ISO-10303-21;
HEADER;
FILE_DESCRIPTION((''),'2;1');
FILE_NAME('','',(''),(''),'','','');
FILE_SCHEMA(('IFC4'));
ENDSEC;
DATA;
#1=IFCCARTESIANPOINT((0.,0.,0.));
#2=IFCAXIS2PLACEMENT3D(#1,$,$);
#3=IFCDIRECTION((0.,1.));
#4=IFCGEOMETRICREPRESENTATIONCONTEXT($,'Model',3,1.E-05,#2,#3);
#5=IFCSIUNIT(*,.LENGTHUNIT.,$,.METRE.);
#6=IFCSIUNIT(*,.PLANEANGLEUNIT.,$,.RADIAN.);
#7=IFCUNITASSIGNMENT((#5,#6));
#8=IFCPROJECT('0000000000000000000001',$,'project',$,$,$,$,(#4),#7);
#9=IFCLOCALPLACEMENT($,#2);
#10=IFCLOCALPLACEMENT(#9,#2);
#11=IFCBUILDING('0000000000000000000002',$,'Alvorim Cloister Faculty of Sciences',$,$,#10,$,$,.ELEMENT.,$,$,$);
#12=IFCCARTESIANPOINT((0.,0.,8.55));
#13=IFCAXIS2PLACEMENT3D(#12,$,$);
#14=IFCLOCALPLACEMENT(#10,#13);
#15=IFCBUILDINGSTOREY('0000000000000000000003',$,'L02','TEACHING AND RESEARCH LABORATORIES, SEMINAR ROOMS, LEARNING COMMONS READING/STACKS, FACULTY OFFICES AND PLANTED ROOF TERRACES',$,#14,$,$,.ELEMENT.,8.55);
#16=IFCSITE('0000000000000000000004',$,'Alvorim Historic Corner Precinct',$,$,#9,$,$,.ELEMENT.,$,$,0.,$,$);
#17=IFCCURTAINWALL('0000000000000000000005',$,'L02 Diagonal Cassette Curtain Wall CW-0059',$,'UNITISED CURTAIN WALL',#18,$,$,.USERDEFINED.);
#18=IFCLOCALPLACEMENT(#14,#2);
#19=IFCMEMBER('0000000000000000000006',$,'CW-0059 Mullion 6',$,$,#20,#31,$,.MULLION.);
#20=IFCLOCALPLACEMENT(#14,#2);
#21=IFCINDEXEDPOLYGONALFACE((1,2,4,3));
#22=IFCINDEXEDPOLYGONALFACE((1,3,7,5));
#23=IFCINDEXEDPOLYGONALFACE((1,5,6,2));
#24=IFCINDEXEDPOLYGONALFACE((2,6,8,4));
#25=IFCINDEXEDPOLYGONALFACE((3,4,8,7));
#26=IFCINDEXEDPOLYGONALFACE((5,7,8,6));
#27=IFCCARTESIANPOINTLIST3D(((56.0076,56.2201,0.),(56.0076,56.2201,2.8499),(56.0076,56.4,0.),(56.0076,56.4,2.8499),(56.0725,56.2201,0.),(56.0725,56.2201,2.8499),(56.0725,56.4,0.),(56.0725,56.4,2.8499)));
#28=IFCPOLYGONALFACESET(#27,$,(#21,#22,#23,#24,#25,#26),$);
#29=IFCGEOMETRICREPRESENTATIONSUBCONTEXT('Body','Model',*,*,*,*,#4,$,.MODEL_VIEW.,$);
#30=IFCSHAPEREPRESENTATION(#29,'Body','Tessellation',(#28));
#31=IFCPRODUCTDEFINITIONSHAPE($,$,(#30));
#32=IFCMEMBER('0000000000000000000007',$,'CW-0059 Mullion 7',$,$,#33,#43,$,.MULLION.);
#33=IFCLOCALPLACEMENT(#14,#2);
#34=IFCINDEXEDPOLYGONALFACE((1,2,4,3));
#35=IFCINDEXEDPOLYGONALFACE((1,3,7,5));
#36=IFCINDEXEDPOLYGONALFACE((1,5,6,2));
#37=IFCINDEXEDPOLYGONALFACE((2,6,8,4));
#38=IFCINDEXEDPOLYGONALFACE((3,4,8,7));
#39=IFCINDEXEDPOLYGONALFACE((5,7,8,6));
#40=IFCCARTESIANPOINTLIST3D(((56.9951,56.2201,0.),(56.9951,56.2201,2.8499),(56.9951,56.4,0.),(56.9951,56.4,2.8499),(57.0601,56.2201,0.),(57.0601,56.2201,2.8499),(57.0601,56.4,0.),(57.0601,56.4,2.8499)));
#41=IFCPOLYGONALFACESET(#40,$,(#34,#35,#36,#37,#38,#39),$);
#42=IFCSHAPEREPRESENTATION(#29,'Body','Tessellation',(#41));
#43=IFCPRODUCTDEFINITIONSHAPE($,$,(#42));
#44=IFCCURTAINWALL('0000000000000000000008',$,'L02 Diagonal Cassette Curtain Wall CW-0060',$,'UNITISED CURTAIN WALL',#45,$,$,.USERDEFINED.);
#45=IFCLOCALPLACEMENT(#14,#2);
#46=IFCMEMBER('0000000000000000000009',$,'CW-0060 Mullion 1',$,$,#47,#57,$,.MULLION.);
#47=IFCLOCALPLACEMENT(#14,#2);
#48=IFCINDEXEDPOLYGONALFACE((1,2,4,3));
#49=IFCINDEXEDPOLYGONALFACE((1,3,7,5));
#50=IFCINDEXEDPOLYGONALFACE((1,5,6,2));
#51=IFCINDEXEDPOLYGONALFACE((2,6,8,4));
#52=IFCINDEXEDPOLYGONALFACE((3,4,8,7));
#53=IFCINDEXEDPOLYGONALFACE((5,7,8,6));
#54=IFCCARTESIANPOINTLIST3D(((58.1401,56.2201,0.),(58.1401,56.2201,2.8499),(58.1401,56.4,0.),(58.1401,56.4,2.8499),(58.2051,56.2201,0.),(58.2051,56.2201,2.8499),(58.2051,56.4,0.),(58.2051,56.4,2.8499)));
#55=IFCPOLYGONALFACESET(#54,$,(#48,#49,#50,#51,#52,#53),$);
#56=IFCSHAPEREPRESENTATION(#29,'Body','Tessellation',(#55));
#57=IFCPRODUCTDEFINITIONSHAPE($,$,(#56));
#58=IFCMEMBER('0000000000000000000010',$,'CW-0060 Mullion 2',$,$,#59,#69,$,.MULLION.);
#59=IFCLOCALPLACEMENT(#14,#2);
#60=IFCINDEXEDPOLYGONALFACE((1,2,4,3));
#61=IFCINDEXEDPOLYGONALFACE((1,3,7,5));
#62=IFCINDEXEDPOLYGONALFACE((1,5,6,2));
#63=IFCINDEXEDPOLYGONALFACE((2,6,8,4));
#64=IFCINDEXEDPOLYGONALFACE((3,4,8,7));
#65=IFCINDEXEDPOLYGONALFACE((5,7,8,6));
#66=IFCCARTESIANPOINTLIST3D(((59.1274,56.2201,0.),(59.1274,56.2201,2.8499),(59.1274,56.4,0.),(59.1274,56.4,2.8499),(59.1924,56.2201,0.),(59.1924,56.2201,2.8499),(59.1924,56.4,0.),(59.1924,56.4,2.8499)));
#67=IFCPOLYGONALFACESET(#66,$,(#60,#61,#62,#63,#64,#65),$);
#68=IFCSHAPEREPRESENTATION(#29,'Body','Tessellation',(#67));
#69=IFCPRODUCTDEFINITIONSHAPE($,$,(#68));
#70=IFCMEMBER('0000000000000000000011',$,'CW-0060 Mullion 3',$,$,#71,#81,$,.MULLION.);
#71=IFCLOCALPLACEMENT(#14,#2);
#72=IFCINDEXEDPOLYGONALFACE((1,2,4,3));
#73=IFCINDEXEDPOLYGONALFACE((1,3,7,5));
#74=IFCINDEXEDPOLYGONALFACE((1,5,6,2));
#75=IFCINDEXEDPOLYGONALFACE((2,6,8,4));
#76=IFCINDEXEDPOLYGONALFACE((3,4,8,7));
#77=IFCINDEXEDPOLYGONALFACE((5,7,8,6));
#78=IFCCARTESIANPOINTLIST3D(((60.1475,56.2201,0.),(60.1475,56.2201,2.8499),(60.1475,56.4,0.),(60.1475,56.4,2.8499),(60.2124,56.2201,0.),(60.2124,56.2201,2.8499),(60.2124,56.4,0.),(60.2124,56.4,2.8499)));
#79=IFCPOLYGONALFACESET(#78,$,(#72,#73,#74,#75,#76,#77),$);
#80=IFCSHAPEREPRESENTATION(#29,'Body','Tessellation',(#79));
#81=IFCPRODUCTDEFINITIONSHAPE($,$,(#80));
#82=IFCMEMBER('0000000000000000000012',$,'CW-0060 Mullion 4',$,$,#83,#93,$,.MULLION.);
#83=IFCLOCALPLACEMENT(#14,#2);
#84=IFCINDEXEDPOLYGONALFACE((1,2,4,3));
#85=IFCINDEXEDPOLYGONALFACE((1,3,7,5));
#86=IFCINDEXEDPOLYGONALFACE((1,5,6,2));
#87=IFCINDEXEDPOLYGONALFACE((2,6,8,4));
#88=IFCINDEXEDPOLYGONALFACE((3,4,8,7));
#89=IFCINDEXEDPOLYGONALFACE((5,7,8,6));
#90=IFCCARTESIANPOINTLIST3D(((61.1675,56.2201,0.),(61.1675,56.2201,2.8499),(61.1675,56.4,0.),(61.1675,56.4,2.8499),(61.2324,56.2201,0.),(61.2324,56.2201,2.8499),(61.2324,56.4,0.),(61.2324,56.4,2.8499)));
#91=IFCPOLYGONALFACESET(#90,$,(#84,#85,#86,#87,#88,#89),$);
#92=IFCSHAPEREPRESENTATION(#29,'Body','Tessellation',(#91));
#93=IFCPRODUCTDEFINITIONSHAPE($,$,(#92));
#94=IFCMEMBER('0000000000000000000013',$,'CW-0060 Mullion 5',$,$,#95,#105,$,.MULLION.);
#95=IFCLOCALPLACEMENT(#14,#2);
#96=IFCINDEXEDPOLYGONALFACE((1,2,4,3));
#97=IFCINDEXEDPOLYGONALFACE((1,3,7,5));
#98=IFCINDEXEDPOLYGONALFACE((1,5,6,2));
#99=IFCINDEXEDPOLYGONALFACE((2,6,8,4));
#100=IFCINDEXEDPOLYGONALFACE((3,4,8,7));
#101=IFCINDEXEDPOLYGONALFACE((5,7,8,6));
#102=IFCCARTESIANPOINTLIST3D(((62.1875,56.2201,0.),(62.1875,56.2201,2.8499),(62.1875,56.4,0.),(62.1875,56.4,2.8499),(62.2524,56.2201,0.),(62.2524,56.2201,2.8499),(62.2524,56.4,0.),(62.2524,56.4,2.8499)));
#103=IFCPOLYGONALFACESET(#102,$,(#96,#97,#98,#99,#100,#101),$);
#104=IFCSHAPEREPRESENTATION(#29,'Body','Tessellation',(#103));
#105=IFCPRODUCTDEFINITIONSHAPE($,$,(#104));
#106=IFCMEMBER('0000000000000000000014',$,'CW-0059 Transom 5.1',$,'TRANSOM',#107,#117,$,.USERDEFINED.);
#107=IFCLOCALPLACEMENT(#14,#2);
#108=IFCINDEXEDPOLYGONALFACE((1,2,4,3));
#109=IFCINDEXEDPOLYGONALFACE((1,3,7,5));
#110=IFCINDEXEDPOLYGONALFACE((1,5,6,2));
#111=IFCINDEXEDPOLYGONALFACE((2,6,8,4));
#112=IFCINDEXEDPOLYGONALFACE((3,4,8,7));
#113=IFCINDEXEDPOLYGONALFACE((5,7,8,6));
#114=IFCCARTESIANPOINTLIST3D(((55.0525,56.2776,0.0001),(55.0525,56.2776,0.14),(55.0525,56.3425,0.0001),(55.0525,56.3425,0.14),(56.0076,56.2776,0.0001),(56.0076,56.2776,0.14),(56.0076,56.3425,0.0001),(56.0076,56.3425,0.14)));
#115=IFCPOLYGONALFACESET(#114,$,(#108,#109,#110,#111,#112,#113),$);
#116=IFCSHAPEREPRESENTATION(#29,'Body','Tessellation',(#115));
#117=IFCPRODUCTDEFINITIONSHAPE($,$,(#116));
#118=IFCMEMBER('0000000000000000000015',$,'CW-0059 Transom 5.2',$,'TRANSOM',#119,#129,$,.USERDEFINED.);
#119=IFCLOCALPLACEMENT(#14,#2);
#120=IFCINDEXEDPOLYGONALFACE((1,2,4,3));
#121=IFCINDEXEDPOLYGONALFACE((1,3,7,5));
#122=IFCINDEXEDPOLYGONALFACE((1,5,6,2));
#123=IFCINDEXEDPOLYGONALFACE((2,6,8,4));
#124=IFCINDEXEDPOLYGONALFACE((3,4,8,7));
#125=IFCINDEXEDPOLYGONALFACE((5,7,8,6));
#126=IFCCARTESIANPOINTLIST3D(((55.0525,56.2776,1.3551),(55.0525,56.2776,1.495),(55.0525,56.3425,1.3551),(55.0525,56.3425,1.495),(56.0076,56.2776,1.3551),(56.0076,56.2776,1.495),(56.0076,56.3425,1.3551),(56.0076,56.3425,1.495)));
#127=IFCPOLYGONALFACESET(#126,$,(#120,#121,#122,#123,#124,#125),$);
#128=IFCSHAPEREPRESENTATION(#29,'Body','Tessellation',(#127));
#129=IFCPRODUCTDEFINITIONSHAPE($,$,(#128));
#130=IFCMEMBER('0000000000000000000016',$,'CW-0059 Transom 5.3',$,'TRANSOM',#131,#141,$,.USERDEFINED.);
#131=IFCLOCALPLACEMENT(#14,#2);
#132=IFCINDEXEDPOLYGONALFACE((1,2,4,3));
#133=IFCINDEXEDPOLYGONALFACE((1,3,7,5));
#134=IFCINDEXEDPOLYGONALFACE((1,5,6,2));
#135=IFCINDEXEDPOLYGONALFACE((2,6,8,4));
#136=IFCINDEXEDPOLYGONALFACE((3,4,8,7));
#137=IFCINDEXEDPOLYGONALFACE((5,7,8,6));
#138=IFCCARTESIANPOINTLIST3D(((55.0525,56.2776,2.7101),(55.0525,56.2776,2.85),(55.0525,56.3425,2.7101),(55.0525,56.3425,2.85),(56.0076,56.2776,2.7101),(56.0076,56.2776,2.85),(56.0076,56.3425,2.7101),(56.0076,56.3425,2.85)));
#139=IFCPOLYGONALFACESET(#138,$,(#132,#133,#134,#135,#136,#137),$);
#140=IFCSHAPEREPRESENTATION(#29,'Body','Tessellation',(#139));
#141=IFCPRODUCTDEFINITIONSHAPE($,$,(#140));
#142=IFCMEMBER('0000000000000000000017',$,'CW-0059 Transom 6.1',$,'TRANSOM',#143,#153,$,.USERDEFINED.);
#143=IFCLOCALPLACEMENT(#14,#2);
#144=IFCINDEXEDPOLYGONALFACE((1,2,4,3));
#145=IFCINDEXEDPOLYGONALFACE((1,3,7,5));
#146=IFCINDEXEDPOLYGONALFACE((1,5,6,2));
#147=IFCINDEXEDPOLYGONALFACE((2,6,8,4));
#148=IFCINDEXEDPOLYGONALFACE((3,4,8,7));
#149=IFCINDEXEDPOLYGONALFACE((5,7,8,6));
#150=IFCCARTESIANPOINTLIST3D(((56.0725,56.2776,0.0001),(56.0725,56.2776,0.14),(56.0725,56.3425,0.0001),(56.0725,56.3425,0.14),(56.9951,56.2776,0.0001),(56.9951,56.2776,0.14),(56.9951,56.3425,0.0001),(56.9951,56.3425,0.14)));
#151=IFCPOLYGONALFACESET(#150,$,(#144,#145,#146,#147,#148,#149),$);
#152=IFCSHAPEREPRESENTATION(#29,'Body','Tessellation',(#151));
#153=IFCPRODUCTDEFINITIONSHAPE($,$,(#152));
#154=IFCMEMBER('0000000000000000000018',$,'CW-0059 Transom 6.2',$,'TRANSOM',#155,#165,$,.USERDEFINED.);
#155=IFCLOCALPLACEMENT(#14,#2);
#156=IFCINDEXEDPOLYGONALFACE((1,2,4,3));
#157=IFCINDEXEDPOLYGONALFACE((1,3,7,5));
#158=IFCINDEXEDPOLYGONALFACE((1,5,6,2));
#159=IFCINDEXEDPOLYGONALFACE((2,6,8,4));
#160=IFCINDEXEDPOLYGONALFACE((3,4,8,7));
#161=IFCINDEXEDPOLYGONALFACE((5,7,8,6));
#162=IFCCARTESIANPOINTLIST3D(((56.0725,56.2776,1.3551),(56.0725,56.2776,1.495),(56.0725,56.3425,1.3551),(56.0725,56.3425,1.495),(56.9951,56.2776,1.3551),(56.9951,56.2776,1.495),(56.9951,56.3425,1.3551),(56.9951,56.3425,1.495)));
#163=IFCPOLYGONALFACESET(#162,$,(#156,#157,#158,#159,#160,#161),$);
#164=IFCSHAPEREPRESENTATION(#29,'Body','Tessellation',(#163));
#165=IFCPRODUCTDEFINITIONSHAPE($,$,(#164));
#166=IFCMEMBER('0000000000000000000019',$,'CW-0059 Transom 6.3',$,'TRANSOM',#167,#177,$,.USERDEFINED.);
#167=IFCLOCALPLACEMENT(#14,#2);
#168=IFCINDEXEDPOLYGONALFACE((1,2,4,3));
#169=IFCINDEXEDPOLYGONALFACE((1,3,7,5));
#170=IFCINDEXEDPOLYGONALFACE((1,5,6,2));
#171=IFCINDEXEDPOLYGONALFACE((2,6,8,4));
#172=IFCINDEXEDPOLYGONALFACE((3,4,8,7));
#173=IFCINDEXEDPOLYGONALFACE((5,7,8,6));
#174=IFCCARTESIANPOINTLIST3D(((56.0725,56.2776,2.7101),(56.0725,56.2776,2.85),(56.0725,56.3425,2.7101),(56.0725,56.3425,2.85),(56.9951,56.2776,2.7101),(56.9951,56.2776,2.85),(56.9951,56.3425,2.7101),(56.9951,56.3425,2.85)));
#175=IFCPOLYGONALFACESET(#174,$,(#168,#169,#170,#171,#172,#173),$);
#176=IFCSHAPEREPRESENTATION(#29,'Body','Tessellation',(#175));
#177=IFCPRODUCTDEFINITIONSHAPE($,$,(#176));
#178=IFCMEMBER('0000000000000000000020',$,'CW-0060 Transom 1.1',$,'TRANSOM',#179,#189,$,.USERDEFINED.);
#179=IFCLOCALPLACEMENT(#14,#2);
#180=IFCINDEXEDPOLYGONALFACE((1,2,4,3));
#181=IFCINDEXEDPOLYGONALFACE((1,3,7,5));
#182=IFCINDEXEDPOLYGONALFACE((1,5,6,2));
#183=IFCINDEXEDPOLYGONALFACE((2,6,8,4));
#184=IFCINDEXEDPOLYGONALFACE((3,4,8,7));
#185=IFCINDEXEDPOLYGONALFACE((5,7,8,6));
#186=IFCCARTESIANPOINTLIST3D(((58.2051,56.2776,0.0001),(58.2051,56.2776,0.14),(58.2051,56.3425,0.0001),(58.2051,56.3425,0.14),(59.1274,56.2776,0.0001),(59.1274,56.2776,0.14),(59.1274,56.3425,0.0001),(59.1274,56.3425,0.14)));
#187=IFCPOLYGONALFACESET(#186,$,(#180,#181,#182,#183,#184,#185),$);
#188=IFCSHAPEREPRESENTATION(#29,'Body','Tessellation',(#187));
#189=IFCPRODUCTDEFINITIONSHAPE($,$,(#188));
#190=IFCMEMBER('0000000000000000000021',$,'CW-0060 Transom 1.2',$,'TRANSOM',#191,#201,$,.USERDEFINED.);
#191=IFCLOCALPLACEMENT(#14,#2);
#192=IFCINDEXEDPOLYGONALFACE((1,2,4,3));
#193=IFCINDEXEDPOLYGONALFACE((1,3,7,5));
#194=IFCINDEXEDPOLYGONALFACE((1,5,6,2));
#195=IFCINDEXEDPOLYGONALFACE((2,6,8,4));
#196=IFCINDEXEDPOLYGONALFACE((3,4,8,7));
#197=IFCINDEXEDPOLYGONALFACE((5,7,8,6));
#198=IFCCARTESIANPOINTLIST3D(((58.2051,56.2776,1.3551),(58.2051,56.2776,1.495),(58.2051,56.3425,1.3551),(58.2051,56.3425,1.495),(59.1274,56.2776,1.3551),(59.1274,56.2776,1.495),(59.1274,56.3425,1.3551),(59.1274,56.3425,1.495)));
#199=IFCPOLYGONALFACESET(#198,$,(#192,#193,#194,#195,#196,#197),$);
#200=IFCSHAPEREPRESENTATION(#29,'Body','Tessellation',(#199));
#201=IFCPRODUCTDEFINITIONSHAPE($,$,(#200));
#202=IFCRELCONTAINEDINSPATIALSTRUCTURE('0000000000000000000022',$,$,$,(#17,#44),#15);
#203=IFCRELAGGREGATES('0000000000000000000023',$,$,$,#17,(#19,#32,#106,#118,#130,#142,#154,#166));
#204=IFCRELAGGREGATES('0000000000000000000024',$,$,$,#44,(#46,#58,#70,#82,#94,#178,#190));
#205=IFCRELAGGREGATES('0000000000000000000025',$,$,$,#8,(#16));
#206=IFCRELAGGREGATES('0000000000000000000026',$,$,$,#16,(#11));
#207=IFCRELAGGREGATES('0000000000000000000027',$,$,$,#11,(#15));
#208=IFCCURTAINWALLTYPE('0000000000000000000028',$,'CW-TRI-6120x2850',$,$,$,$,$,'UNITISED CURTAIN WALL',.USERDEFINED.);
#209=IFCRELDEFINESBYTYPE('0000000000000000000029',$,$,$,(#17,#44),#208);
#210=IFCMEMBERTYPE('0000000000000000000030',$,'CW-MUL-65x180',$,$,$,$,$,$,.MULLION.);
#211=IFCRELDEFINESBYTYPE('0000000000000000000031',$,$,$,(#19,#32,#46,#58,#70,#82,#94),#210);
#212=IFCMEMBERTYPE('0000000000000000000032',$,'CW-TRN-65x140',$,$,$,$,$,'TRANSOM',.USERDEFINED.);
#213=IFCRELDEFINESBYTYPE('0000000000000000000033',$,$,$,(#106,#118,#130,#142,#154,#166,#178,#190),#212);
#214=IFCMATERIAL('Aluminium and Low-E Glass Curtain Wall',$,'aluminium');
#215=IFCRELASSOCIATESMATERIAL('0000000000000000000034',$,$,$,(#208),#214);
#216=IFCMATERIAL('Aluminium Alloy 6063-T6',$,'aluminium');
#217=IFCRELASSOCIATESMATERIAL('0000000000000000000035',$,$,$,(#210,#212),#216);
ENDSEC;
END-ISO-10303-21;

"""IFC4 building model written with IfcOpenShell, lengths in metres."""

from ifc_helpers import new_model, si_unit, direction, frame, origin, origin_2d, place, context, subcontext, project, spatial, rectangle, extrude, material, material_profile, profile_set, type_object, element, aggregate, save


model = new_model("IFC4")

# Units and contexts
model_context = context("Model", 3, precision=1e-05, world=origin(), true_north=direction((0.0, 1.0)))
body_context = subcontext(model_context, "Body", "Model", "MODEL_VIEW")
ifc_project = project(units=[si_unit("LENGTHUNIT", "METRE"), si_unit("PLANEANGLEUNIT", "RADIAN")], contexts=[model_context])

# Site, building, storey
site_placement = place(None, origin())
site = spatial("IfcSite", under=ifc_project, at=site_placement, Name="Alvorim Historic Corner Precinct", CompositionType="ELEMENT", RefElevation=0.0)
building_placement = place(site_placement, origin())
building = spatial("IfcBuilding", under=site, at=building_placement, Name="Alvorim Cloister Faculty of Sciences", CompositionType="ELEMENT")
storey_placement = place(building_placement, frame((0.0, 0.0, 8.55)))
storey = spatial("IfcBuildingStorey", under=building, at=storey_placement, Name="L02", Description="TEACHING AND RESEARCH LABORATORIES, SEMINAR ROOMS, LEARNING COMMONS READING/STACKS, FACULTY OFFICES AND PLANTED ROOF TERRACES", CompositionType="ELEMENT", Elevation=8.55)

# Curtain walls, members
ifc_material_1 = material(Name="Aluminium and Low-E Glass Curtain Wall", Category="aluminium")
curtain_wall_type = type_object("IfcCurtainWallType", Name="CW-TRI-6120x2850", ElementType="UNITISED CURTAIN WALL", PredefinedType="USERDEFINED", material=ifc_material_1)
curtain_wall_1_placement = place(storey_placement, origin())
curtain_wall_1 = element("IfcCurtainWall", 1, at=curtain_wall_1_placement, inside=storey, type_object=curtain_wall_type, Name="L02 Diagonal Cassette Curtain Wall CW-0059", ObjectType="UNITISED CURTAIN WALL", PredefinedType="USERDEFINED")
ifc_material_2 = material(Name="Aluminium Alloy 6063-T6", Category="aluminium")
ifc_material_profile_1 = material_profile(ifc_material_2, rectangle(XDim=0.0649, YDim=0.1799, at=origin_2d()), Name="ALU-MUL-65x180")
ifc_profile_set_1 = profile_set([ifc_material_profile_1], Name="Aluminium Alloy 6063-T6")
member_type_1 = type_object("IfcMemberType", Name="CW-MUL-65x180", PredefinedType="MULLION", material=ifc_profile_set_1)
member_1_placement = place(storey_placement, frame((56.04, 56.3101, 0.0), z_axis=(0.0, 0.0, 1.0), x_axis=(1.0, 0.0, 0.0)))
member_1 = element("IfcMember", 2, at=member_1_placement, type_object=member_type_1, Name="CW-0059 Mullion 6", PredefinedType="MULLION", context=body_context, shape_type="SweptSolid", body=[
    extrude(rectangle(XDim=0.0649, YDim=0.1799, at=origin_2d()), origin(), (0.0, 0.0, 1.0), 2.8499),
])
member_2_placement = place(storey_placement, frame((57.0276, 56.3101, 0.0), z_axis=(0.0, 0.0, 1.0), x_axis=(1.0, 0.0, 0.0)))
member_2 = element("IfcMember", 3, at=member_2_placement, type_object=member_type_1, Name="CW-0059 Mullion 7", PredefinedType="MULLION", context=body_context, shape_type="SweptSolid", body=[
    extrude(rectangle(XDim=0.0649, YDim=0.1799, at=origin_2d()), origin(), (0.0, 0.0, 1.0), 2.8499),
])
curtain_wall_2_placement = place(storey_placement, origin())
curtain_wall_2 = element("IfcCurtainWall", 4, at=curtain_wall_2_placement, inside=storey, type_object=curtain_wall_type, Name="L02 Diagonal Cassette Curtain Wall CW-0060", ObjectType="UNITISED CURTAIN WALL", PredefinedType="USERDEFINED")
member_3_placement = place(storey_placement, frame((58.1726, 56.3101, 0.0), z_axis=(0.0, 0.0, 1.0), x_axis=(1.0, 0.0, 0.0)))
member_3 = element("IfcMember", 5, at=member_3_placement, type_object=member_type_1, Name="CW-0060 Mullion 1", PredefinedType="MULLION", context=body_context, shape_type="SweptSolid", body=[
    extrude(rectangle(XDim=0.0649, YDim=0.1799, at=origin_2d()), origin(), (0.0, 0.0, 1.0), 2.8499),
])
member_4_placement = place(storey_placement, frame((59.1599, 56.3101, 0.0), z_axis=(0.0, 0.0, 1.0), x_axis=(1.0, 0.0, 0.0)))
member_4 = element("IfcMember", 6, at=member_4_placement, type_object=member_type_1, Name="CW-0060 Mullion 2", PredefinedType="MULLION", context=body_context, shape_type="SweptSolid", body=[
    extrude(rectangle(XDim=0.0649, YDim=0.1799, at=origin_2d()), origin(), (0.0, 0.0, 1.0), 2.8499),
])
member_5_placement = place(storey_placement, frame((60.1799, 56.3101, 0.0), z_axis=(0.0, 0.0, 1.0), x_axis=(1.0, 0.0, 0.0)))
member_5 = element("IfcMember", 7, at=member_5_placement, type_object=member_type_1, Name="CW-0060 Mullion 3", PredefinedType="MULLION", context=body_context, shape_type="SweptSolid", body=[
    extrude(rectangle(XDim=0.0649, YDim=0.1799, at=origin_2d()), origin(), (0.0, 0.0, 1.0), 2.8499),
])
member_6_placement = place(storey_placement, frame((61.2, 56.3101, 0.0), z_axis=(0.0, 0.0, 1.0), x_axis=(1.0, 0.0, 0.0)))
member_6 = element("IfcMember", 8, at=member_6_placement, type_object=member_type_1, Name="CW-0060 Mullion 4", PredefinedType="MULLION", context=body_context, shape_type="SweptSolid", body=[
    extrude(rectangle(XDim=0.0649, YDim=0.1799, at=origin_2d()), origin(), (0.0, 0.0, 1.0), 2.8499),
])
member_7_placement = place(storey_placement, frame((62.22, 56.3101, 0.0), z_axis=(0.0, 0.0, 1.0), x_axis=(1.0, 0.0, 0.0)))
member_7 = element("IfcMember", 9, at=member_7_placement, type_object=member_type_1, Name="CW-0060 Mullion 5", PredefinedType="MULLION", context=body_context, shape_type="SweptSolid", body=[
    extrude(rectangle(XDim=0.0649, YDim=0.1799, at=origin_2d()), origin(), (0.0, 0.0, 1.0), 2.8499),
])

# Members
ifc_material_profile_2 = material_profile(ifc_material_2, rectangle(XDim=0.0649, YDim=0.1399, at=origin_2d()), Name="ALU-TRN-65x140")
ifc_profile_set_2 = profile_set([ifc_material_profile_2], Name="Aluminium Alloy 6063-T6")
member_type_2 = type_object("IfcMemberType", Name="CW-TRN-65x140", ElementType="TRANSOM", PredefinedType="USERDEFINED", material=ifc_profile_set_2)
member_8_placement = place(storey_placement, frame((55.0525, 56.3101, 0.0701), z_axis=(1.0, 0.0, 0.0), x_axis=(0.0, 1.0, 0.0)))
member_8 = element("IfcMember", 10, at=member_8_placement, type_object=member_type_2, Name="CW-0059 Transom 5.1", ObjectType="TRANSOM", PredefinedType="USERDEFINED", context=body_context, shape_type="SweptSolid", body=[
    extrude(rectangle(XDim=0.0649, YDim=0.1399, at=origin_2d()), origin(), (0.0, 0.0, 1.0), 0.9551),
])
member_9_placement = place(storey_placement, frame((55.0525, 56.3101, 1.425), z_axis=(1.0, 0.0, 0.0), x_axis=(0.0, 1.0, 0.0)))
member_9 = element("IfcMember", 11, at=member_9_placement, type_object=member_type_2, Name="CW-0059 Transom 5.2", ObjectType="TRANSOM", PredefinedType="USERDEFINED", context=body_context, shape_type="SweptSolid", body=[
    extrude(rectangle(XDim=0.0649, YDim=0.1399, at=origin_2d()), origin(), (0.0, 0.0, 1.0), 0.9551),
])
member_10_placement = place(storey_placement, frame((55.0525, 56.3101, 2.78), z_axis=(1.0, 0.0, 0.0), x_axis=(0.0, 1.0, 0.0)))
member_10 = element("IfcMember", 12, at=member_10_placement, type_object=member_type_2, Name="CW-0059 Transom 5.3", ObjectType="TRANSOM", PredefinedType="USERDEFINED", context=body_context, shape_type="SweptSolid", body=[
    extrude(rectangle(XDim=0.0649, YDim=0.1399, at=origin_2d()), origin(), (0.0, 0.0, 1.0), 0.9551),
])
member_11_placement = place(storey_placement, frame((56.0725, 56.3101, 0.0701), z_axis=(1.0, 0.0, 0.0), x_axis=(0.0, 1.0, 0.0)))
member_11 = element("IfcMember", 13, at=member_11_placement, type_object=member_type_2, Name="CW-0059 Transom 6.1", ObjectType="TRANSOM", PredefinedType="USERDEFINED", context=body_context, shape_type="SweptSolid", body=[
    extrude(rectangle(XDim=0.0649, YDim=0.1399, at=origin_2d()), origin(), (0.0, 0.0, 1.0), 0.9226),
])
member_12_placement = place(storey_placement, frame((56.0725, 56.3101, 1.425), z_axis=(1.0, 0.0, 0.0), x_axis=(0.0, 1.0, 0.0)))
member_12 = element("IfcMember", 14, at=member_12_placement, type_object=member_type_2, Name="CW-0059 Transom 6.2", ObjectType="TRANSOM", PredefinedType="USERDEFINED", context=body_context, shape_type="SweptSolid", body=[
    extrude(rectangle(XDim=0.0649, YDim=0.1399, at=origin_2d()), origin(), (0.0, 0.0, 1.0), 0.9226),
])
member_13_placement = place(storey_placement, frame((56.0725, 56.3101, 2.78), z_axis=(1.0, 0.0, 0.0), x_axis=(0.0, 1.0, 0.0)))
member_13 = element("IfcMember", 15, at=member_13_placement, type_object=member_type_2, Name="CW-0059 Transom 6.3", ObjectType="TRANSOM", PredefinedType="USERDEFINED", context=body_context, shape_type="SweptSolid", body=[
    extrude(rectangle(XDim=0.0649, YDim=0.1399, at=origin_2d()), origin(), (0.0, 0.0, 1.0), 0.9226),
])
aggregate(curtain_wall_1, [member_1, member_2, member_8, member_9, member_10, member_11, member_12, member_13])
member_14_placement = place(storey_placement, frame((58.2051, 56.3101, 0.0701), z_axis=(1.0, 0.0, 0.0), x_axis=(0.0, 1.0, 0.0)))
member_14 = element("IfcMember", 16, at=member_14_placement, type_object=member_type_2, Name="CW-0060 Transom 1.1", ObjectType="TRANSOM", PredefinedType="USERDEFINED", context=body_context, shape_type="SweptSolid", body=[
    extrude(rectangle(XDim=0.0649, YDim=0.1399, at=origin_2d()), origin(), (0.0, 0.0, 1.0), 0.9224),
])
member_15_placement = place(storey_placement, frame((58.2051, 56.3101, 1.425), z_axis=(1.0, 0.0, 0.0), x_axis=(0.0, 1.0, 0.0)))
member_15 = element("IfcMember", 17, at=member_15_placement, type_object=member_type_2, Name="CW-0060 Transom 1.2", ObjectType="TRANSOM", PredefinedType="USERDEFINED", context=body_context, shape_type="SweptSolid", body=[
    extrude(rectangle(XDim=0.0649, YDim=0.1399, at=origin_2d()), origin(), (0.0, 0.0, 1.0), 0.9224),
])
aggregate(curtain_wall_2, [member_3, member_4, member_5, member_6, member_7, member_14, member_15])

save(model, "model.ifc")
